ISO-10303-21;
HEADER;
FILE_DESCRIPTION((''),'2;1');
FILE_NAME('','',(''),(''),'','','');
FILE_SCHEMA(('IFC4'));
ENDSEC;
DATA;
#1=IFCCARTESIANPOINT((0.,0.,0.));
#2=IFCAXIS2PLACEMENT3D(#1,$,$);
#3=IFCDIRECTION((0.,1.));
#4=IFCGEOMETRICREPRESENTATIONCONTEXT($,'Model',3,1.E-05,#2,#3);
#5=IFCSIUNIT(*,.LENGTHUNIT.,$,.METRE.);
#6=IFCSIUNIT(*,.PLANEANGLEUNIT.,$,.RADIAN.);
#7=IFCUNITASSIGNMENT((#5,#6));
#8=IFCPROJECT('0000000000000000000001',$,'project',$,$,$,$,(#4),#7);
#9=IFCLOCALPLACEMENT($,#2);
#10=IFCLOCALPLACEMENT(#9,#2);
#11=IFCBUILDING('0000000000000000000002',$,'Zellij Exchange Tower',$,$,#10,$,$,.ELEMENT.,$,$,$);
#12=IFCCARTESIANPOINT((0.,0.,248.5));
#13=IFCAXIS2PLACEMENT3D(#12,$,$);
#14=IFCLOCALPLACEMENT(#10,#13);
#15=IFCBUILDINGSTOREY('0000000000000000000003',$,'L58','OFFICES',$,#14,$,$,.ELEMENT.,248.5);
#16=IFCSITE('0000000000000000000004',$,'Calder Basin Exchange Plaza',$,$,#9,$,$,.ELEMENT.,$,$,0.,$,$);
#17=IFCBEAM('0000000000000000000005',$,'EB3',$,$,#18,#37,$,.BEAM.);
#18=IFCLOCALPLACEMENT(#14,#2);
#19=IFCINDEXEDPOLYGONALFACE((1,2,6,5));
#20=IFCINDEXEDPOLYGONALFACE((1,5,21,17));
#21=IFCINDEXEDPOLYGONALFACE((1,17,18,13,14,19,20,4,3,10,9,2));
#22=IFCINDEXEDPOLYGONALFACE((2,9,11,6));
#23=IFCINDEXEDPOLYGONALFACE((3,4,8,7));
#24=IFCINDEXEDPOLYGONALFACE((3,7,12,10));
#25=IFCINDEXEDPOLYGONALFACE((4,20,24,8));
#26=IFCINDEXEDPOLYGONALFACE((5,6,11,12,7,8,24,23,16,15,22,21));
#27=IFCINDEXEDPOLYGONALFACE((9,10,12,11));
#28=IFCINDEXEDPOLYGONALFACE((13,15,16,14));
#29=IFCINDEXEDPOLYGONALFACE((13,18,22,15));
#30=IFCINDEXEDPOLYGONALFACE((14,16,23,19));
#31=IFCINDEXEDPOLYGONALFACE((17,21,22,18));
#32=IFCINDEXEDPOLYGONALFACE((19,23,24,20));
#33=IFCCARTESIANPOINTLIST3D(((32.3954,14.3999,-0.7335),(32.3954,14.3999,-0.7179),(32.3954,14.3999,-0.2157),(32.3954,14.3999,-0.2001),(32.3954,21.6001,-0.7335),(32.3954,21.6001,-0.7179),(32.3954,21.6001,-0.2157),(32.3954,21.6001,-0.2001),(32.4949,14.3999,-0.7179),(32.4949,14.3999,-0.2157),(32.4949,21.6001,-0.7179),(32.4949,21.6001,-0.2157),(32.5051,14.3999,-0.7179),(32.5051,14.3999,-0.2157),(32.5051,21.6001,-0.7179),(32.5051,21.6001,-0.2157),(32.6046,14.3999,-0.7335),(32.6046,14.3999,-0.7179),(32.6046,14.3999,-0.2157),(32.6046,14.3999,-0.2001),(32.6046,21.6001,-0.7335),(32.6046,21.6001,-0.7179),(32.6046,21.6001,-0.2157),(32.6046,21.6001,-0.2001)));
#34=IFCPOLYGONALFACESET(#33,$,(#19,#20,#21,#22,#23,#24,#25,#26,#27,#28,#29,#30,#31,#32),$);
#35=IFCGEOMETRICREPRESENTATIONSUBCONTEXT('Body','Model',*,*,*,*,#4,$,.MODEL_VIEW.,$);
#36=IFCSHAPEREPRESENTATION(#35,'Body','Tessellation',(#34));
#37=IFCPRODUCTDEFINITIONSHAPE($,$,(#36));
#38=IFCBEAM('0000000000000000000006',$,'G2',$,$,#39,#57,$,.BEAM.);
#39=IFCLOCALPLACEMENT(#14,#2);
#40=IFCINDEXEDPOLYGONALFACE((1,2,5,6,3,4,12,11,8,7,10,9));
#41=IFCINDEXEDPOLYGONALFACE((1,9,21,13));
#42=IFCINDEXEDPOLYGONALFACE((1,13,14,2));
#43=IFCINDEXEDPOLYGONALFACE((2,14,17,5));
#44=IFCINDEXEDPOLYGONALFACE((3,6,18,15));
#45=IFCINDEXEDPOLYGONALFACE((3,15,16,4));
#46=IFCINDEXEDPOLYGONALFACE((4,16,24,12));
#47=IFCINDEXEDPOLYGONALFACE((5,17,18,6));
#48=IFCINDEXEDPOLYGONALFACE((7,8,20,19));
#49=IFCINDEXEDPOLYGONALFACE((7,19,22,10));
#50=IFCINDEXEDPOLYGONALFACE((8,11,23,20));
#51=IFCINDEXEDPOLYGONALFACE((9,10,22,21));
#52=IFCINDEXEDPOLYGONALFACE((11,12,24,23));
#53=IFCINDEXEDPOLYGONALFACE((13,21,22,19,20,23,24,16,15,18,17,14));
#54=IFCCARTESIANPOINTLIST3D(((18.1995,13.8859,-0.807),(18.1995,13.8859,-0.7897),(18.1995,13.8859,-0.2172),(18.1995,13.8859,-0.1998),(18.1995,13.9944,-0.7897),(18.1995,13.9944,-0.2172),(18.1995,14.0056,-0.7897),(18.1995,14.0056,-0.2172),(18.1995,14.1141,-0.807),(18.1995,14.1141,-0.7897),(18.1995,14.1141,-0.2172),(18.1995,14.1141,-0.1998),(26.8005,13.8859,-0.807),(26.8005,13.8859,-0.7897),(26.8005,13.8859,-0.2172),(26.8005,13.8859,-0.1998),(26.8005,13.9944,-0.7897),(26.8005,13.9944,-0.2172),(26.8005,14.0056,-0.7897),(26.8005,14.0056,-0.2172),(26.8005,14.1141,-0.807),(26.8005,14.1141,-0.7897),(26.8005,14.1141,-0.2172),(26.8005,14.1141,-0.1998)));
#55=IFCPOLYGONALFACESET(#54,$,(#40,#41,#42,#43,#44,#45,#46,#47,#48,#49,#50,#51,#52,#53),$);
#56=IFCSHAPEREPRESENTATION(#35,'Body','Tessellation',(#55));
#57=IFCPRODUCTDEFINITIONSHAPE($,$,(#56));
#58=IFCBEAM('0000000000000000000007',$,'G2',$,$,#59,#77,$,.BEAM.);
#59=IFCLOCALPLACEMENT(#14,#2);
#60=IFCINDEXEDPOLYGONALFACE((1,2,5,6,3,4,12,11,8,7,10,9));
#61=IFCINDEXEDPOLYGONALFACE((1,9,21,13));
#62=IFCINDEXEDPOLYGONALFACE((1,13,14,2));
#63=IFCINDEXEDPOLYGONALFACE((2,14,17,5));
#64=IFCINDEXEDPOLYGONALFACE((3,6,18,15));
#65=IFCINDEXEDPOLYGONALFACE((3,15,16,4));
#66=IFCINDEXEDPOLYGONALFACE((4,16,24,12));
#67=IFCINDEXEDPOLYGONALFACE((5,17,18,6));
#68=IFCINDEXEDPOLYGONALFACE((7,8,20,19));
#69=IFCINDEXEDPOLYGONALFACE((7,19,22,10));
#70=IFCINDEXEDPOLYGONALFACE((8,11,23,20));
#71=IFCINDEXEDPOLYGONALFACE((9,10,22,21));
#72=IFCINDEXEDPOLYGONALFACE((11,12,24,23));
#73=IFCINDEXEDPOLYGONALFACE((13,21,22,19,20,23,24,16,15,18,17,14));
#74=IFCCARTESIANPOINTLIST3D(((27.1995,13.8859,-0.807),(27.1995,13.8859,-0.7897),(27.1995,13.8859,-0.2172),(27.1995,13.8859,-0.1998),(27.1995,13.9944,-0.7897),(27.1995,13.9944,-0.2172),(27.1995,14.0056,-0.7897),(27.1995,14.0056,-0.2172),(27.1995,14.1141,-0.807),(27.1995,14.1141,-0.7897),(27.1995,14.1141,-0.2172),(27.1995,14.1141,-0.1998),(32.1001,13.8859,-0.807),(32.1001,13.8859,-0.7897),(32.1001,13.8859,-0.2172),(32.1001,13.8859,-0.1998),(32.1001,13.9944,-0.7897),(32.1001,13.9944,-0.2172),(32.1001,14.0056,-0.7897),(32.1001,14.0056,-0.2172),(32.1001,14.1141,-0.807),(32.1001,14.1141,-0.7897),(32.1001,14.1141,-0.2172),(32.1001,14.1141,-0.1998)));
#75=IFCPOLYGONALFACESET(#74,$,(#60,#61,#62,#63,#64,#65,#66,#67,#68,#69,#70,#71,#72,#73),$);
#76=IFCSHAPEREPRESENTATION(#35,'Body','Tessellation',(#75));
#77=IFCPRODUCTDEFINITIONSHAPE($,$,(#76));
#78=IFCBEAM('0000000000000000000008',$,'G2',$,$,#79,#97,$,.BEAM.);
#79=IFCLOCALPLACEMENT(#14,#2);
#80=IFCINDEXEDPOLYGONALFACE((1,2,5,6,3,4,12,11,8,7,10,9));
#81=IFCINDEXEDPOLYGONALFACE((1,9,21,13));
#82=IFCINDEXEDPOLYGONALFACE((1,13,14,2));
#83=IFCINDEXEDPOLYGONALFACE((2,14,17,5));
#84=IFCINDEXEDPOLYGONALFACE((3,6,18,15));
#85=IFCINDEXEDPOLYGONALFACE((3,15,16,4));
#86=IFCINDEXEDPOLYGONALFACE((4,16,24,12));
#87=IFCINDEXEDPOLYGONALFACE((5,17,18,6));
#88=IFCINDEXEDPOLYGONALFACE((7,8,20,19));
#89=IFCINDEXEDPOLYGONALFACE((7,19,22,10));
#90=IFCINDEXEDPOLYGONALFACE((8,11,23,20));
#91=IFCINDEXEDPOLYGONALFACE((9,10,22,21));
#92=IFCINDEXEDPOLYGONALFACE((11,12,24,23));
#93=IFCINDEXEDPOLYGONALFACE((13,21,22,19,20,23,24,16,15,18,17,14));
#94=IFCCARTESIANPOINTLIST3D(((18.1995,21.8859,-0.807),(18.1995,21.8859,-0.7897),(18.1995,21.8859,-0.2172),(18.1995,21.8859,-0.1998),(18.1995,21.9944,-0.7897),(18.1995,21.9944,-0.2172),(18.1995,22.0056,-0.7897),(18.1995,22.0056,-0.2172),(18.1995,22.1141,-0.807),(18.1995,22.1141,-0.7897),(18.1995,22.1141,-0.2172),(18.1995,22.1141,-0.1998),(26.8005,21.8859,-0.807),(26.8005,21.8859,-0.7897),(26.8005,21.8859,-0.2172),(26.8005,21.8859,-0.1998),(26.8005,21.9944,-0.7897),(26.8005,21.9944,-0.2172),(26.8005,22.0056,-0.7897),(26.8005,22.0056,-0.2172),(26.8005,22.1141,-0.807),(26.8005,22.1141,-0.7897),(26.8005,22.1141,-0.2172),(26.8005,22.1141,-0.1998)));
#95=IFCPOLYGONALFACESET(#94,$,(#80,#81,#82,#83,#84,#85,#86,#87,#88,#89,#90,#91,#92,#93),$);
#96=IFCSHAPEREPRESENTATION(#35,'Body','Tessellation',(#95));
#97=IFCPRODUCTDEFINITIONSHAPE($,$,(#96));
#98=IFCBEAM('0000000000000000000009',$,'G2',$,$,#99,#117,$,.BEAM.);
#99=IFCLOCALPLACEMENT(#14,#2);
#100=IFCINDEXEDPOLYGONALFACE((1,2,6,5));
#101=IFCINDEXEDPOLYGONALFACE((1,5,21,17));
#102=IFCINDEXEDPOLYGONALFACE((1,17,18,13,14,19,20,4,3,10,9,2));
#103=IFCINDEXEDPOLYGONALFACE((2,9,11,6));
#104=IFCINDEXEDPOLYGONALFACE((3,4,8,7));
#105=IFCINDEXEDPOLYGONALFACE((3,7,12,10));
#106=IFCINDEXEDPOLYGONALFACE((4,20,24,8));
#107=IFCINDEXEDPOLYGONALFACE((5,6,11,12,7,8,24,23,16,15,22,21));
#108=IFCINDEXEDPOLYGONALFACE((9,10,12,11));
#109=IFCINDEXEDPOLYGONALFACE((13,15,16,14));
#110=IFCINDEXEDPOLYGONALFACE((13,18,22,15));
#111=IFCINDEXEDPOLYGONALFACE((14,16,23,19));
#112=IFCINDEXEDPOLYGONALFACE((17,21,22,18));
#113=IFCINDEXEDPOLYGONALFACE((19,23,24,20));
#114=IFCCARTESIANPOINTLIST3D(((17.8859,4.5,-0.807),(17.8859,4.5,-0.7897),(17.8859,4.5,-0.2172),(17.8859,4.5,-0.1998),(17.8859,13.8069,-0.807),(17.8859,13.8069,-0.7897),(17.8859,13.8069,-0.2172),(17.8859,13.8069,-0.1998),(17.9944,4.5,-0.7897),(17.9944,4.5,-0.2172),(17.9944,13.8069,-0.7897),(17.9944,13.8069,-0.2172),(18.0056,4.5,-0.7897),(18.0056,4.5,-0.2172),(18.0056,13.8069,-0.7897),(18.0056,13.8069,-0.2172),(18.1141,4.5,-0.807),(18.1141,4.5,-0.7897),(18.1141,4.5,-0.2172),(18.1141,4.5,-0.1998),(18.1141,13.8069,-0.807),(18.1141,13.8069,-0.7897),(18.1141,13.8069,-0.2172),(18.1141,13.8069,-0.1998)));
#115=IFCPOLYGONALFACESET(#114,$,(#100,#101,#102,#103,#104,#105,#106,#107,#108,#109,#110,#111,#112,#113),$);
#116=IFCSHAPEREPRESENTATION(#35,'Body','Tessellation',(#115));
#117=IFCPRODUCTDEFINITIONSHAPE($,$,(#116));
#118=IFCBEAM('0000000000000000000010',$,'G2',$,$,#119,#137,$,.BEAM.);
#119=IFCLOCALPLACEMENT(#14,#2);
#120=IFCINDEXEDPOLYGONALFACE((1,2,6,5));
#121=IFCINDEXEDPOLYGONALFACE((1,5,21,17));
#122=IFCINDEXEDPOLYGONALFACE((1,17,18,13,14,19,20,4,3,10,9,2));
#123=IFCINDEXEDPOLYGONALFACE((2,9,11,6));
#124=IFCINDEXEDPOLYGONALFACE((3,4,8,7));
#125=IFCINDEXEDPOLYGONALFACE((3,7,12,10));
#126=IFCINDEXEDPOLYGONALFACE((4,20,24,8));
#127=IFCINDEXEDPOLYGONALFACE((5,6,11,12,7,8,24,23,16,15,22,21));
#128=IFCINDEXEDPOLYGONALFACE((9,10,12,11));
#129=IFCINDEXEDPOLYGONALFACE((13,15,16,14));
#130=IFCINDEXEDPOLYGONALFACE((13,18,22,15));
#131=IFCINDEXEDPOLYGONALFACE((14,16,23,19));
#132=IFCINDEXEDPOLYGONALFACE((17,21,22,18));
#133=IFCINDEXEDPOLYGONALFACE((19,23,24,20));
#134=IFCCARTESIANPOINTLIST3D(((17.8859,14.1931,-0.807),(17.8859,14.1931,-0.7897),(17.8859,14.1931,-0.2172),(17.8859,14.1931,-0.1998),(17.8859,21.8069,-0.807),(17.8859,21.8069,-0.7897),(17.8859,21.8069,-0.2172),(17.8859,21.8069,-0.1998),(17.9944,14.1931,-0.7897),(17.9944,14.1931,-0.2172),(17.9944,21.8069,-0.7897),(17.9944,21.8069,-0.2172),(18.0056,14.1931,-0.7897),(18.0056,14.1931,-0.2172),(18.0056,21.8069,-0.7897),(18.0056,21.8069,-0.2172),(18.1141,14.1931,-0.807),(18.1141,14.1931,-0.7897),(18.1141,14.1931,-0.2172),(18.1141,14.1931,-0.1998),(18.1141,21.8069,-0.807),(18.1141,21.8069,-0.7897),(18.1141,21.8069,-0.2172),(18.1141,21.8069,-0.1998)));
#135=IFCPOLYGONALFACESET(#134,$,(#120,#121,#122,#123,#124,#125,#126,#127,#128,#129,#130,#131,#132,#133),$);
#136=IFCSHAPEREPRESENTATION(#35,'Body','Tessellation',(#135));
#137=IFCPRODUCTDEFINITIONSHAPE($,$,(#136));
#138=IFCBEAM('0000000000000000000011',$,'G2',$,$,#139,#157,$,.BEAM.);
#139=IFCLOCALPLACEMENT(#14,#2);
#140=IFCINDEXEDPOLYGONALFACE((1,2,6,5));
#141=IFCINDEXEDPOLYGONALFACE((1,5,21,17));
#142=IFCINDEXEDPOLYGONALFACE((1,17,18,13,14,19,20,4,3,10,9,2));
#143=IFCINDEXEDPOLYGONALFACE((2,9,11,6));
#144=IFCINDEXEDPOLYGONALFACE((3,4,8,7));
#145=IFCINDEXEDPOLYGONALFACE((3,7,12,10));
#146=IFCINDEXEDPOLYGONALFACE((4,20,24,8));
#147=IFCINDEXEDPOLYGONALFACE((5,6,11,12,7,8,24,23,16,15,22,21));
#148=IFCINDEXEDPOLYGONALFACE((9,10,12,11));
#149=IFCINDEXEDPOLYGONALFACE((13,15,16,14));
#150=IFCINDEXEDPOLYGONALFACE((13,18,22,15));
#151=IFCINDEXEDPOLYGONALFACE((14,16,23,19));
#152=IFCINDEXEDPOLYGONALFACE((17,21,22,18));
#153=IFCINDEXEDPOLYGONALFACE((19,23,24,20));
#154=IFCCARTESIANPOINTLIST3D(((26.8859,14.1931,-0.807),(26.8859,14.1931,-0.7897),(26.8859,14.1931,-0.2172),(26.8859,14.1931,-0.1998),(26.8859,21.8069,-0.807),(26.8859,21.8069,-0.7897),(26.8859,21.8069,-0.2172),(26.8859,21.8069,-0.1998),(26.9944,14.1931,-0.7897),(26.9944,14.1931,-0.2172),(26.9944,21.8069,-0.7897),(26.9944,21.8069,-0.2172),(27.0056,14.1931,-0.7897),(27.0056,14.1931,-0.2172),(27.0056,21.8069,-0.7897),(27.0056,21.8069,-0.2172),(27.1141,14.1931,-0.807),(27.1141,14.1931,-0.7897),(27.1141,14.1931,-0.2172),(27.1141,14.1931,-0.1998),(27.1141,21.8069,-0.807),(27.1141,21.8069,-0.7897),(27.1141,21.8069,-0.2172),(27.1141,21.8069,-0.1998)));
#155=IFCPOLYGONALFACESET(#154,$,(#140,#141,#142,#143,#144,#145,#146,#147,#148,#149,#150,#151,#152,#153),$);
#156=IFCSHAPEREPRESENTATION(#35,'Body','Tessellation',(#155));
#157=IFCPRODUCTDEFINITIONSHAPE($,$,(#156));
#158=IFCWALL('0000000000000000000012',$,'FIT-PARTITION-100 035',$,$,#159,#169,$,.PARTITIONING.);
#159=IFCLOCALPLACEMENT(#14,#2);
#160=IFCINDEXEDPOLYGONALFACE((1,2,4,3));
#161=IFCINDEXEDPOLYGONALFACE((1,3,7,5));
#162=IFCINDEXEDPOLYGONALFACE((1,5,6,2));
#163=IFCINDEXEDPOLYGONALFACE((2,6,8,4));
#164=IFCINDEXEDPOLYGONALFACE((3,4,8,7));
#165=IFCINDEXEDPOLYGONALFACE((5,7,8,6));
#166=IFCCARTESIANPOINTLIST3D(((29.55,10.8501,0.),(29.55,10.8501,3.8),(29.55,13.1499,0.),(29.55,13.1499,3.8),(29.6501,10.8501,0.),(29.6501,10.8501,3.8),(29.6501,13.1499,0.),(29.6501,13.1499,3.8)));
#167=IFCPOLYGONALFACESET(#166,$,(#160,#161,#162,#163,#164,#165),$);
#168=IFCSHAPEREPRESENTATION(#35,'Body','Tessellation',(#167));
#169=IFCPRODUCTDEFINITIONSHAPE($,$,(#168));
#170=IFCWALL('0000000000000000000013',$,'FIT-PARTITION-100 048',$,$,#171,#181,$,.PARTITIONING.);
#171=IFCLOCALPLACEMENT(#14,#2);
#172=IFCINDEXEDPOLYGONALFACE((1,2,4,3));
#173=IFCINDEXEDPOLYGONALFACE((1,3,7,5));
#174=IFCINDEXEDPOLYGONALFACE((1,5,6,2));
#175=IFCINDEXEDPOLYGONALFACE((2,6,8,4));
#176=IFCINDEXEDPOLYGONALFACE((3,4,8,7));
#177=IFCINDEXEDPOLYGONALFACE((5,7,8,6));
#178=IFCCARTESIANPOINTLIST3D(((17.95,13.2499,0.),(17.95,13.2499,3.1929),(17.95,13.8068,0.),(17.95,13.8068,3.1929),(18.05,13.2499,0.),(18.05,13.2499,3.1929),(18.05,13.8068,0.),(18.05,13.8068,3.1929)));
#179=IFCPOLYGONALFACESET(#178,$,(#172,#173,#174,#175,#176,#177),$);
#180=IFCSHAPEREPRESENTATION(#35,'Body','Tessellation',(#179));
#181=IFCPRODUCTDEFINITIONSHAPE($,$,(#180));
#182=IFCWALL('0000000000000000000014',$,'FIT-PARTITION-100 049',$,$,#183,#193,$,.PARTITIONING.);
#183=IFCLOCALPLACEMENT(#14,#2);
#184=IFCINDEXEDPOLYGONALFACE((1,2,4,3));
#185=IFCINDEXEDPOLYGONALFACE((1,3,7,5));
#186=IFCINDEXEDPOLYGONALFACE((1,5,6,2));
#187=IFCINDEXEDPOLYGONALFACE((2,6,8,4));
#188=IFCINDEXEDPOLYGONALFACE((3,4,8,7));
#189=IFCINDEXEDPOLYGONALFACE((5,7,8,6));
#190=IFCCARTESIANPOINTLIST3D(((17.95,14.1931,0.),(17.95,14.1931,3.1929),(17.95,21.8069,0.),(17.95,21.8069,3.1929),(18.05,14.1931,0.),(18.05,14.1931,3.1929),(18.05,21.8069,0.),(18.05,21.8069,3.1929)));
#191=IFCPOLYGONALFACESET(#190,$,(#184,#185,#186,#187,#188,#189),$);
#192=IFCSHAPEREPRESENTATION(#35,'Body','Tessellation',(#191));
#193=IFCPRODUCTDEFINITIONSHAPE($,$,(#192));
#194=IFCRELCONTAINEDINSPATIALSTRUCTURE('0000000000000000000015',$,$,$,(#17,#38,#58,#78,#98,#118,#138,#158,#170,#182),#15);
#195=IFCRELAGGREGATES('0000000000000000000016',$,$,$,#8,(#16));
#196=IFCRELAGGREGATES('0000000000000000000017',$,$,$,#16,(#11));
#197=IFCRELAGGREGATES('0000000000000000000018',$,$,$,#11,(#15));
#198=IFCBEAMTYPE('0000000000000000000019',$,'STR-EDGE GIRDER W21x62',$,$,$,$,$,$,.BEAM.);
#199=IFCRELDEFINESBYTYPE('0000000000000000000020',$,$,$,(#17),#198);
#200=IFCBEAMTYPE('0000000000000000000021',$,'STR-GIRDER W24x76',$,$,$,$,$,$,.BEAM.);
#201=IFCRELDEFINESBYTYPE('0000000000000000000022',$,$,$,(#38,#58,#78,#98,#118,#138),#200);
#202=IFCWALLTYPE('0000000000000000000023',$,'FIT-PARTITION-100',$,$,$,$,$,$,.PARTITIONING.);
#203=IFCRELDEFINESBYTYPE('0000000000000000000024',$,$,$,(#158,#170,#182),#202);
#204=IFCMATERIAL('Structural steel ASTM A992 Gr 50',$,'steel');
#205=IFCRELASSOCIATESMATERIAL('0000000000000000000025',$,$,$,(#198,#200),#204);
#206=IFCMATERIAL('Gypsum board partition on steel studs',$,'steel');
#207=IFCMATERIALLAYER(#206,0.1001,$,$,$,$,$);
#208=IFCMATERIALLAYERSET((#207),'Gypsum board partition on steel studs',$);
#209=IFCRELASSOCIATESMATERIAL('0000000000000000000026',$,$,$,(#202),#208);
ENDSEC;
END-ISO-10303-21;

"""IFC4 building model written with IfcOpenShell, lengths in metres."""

from ifc_helpers import new_model, si_unit, direction, frame, frame_2d, origin, origin_2d, place, context, subcontext, project, spatial, rectangle, i_section, extrude, material, layer, layer_set, material_profile, profile_set, type_object, element, save


model = new_model("IFC4")

# Units and contexts
model_context = context("Model", 3, precision=1e-05, world=origin(), true_north=direction((0.0, 1.0)))
body_context = subcontext(model_context, "Body", "Model", "MODEL_VIEW")
ifc_project = project(units=[si_unit("LENGTHUNIT", "METRE"), si_unit("PLANEANGLEUNIT", "RADIAN")], contexts=[model_context])

# Site, building, storey
site_placement = place(None, origin())
site = spatial("IfcSite", under=ifc_project, at=site_placement, Name="Calder Basin Exchange Plaza", CompositionType="ELEMENT", RefElevation=0.0)
building_placement = place(site_placement, origin())
building = spatial("IfcBuilding", under=site, at=building_placement, Name="Zellij Exchange Tower", CompositionType="ELEMENT")
storey_placement = place(building_placement, frame((0.0, 0.0, 248.5)))
storey = spatial("IfcBuildingStorey", under=building, at=storey_placement, Name="L58", Description="OFFICES", CompositionType="ELEMENT", Elevation=248.5)

# Shared definitions
ifc_material_1 = material(Name="Structural steel ASTM A992 Gr 50", Category="steel")

# Beams
ifc_material_profile_1 = material_profile(ifc_material_1, i_section(OverallWidth=0.2092, OverallDepth=0.5334, WebThickness=0.0103, FlangeThickness=0.0156, at=origin_2d()), Name="W21x62")
ifc_profile_set_1 = profile_set([ifc_material_profile_1], Name="Structural steel ASTM A992 Gr 50")
beam_type_1 = type_object("IfcBeamType", Name="STR-EDGE GIRDER W21x62", PredefinedType="BEAM", material=ifc_profile_set_1)
beam_1_placement = place(storey_placement, frame((32.5, 14.3999, -0.4668), z_axis=(0.0, 1.0, 0.0), x_axis=(-1.0, 0.0, 0.0)))
element("IfcBeam", 1, at=beam_1_placement, inside=storey, type_object=beam_type_1, Name="EB3", PredefinedType="BEAM", context=body_context, shape_type="SweptSolid", body=[
    extrude(i_section(OverallWidth=0.2092, OverallDepth=0.5334, WebThickness=0.0103, FlangeThickness=0.0156, at=origin_2d()), origin(), (0.0, 0.0, 1.0), 7.2002),
])
ifc_material_profile_2 = material_profile(ifc_material_1, i_section(OverallWidth=0.2283, OverallDepth=0.6072, WebThickness=0.0112, FlangeThickness=0.0173, at=origin_2d()), Name="W24x76")
ifc_profile_set_2 = profile_set([ifc_material_profile_2], Name="Structural steel ASTM A992 Gr 50")
beam_type_2 = type_object("IfcBeamType", Name="STR-GIRDER W24x76", PredefinedType="BEAM", material=ifc_profile_set_2)
beam_2_placement = place(storey_placement, frame((18.1995, 14.0, -0.5034), z_axis=(1.0, 0.0, 0.0), x_axis=(0.0, 1.0, 0.0)))
element("IfcBeam", 2, at=beam_2_placement, inside=storey, type_object=beam_type_2, Name="G2", PredefinedType="BEAM", context=body_context, shape_type="SweptSolid", body=[
    extrude(i_section(OverallWidth=0.2283, OverallDepth=0.6072, WebThickness=0.0112, FlangeThickness=0.0173, at=origin_2d()), origin(), (0.0, 0.0, 1.0), 8.6011),
])
beam_3_placement = place(storey_placement, frame((27.1995, 14.0, -0.5034), z_axis=(1.0, 0.0, 0.0), x_axis=(0.0, 1.0, 0.0)))
element("IfcBeam", 3, at=beam_3_placement, inside=storey, type_object=beam_type_2, Name="G2", PredefinedType="BEAM", context=body_context, shape_type="SweptSolid", body=[
    extrude(i_section(OverallWidth=0.2283, OverallDepth=0.6072, WebThickness=0.0112, FlangeThickness=0.0173, at=origin_2d()), origin(), (0.0, 0.0, 1.0), 4.9006),
])
beam_4_placement = place(storey_placement, frame((18.1995, 22.0, -0.5034), z_axis=(1.0, 0.0, 0.0), x_axis=(0.0, 1.0, 0.0)))
element("IfcBeam", 4, at=beam_4_placement, inside=storey, type_object=beam_type_2, Name="G2", PredefinedType="BEAM", context=body_context, shape_type="SweptSolid", body=[
    extrude(i_section(OverallWidth=0.2283, OverallDepth=0.6072, WebThickness=0.0112, FlangeThickness=0.0173, at=origin_2d()), origin(), (0.0, 0.0, 1.0), 8.6011),
])
beam_5_placement = place(storey_placement, frame((18.0, 4.5, -0.5034), z_axis=(0.0, 1.0, 0.0), x_axis=(-1.0, 0.0, 0.0)))
element("IfcBeam", 5, at=beam_5_placement, inside=storey, type_object=beam_type_2, Name="G2", PredefinedType="BEAM", context=body_context, shape_type="SweptSolid", body=[
    extrude(i_section(OverallWidth=0.2283, OverallDepth=0.6072, WebThickness=0.0112, FlangeThickness=0.0173, at=origin_2d()), origin(), (0.0, 0.0, 1.0), 9.3069),
])
for number, where, z_axis, x_axis, name in (
    (6, (18.0, 14.1931, -0.5034), (0.0, 1.0, 0.0), (-1.0, 0.0, 0.0), "G2"),
    (7, (27.0, 14.1931, -0.5034), (0.0, 1.0, 0.0), (-1.0, 0.0, 0.0), "G2"),
):
    element("IfcBeam", number, at=place(storey_placement, frame(where, z_axis=z_axis, x_axis=x_axis)), inside=storey, type_object=beam_type_2, Name=name, PredefinedType="BEAM", context=body_context, shape_type="SweptSolid", body=[
        extrude(i_section(OverallWidth=0.2283, OverallDepth=0.6072, WebThickness=0.0112, FlangeThickness=0.0173, at=origin_2d()), origin(), (0.0, 0.0, 1.0), 7.6138),
    ])

# Walls
ifc_material_2 = material(Name="Gypsum board partition on steel studs", Category="steel")
ifc_layer = layer(ifc_material_2, 0.1001)
ifc_layer_set = layer_set([ifc_layer], Name="Gypsum board partition on steel studs")
wall_type = type_object("IfcWallType", Name="FIT-PARTITION-100", PredefinedType="PARTITIONING", material=ifc_layer_set)
wall_1_placement = place(storey_placement, frame((29.6001, 10.8501, 0.0), z_axis=(0.0, 0.0, 1.0), x_axis=(0.0, 1.0, 0.0)))
element("IfcWall", 8, at=wall_1_placement, inside=storey, type_object=wall_type, Name="FIT-PARTITION-100 035", PredefinedType="PARTITIONING", context=body_context, shape_type="SweptSolid", body=[
    extrude(rectangle(XDim=2.2998, YDim=0.1001, at=frame_2d((1.1499, 0.0))), origin(), (0.0, 0.0, 1.0), 3.8),
])
wall_2_placement = place(storey_placement, frame((18.0, 13.25, 0.0), z_axis=(0.0, 0.0, 1.0), x_axis=(0.0, 1.0, 0.0)))
element("IfcWall", 9, at=wall_2_placement, inside=storey, type_object=wall_type, Name="FIT-PARTITION-100 048", PredefinedType="PARTITIONING", context=body_context, shape_type="SweptSolid", body=[
    extrude(rectangle(XDim=0.5569, YDim=0.1001, at=frame_2d((0.2783, 0.0))), origin(), (0.0, 0.0, 1.0), 3.1929),
])
wall_3_placement = place(storey_placement, frame((18.0, 14.1931, 0.0), z_axis=(0.0, 0.0, 1.0), x_axis=(0.0, 1.0, 0.0)))
element("IfcWall", 10, at=wall_3_placement, inside=storey, type_object=wall_type, Name="FIT-PARTITION-100 049", PredefinedType="PARTITIONING", context=body_context, shape_type="SweptSolid", body=[
    extrude(rectangle(XDim=7.6138, YDim=0.1001, at=frame_2d((3.8069, 0.0))), origin(), (0.0, 0.0, 1.0), 3.1929),
])

save(model, "model.ifc")
